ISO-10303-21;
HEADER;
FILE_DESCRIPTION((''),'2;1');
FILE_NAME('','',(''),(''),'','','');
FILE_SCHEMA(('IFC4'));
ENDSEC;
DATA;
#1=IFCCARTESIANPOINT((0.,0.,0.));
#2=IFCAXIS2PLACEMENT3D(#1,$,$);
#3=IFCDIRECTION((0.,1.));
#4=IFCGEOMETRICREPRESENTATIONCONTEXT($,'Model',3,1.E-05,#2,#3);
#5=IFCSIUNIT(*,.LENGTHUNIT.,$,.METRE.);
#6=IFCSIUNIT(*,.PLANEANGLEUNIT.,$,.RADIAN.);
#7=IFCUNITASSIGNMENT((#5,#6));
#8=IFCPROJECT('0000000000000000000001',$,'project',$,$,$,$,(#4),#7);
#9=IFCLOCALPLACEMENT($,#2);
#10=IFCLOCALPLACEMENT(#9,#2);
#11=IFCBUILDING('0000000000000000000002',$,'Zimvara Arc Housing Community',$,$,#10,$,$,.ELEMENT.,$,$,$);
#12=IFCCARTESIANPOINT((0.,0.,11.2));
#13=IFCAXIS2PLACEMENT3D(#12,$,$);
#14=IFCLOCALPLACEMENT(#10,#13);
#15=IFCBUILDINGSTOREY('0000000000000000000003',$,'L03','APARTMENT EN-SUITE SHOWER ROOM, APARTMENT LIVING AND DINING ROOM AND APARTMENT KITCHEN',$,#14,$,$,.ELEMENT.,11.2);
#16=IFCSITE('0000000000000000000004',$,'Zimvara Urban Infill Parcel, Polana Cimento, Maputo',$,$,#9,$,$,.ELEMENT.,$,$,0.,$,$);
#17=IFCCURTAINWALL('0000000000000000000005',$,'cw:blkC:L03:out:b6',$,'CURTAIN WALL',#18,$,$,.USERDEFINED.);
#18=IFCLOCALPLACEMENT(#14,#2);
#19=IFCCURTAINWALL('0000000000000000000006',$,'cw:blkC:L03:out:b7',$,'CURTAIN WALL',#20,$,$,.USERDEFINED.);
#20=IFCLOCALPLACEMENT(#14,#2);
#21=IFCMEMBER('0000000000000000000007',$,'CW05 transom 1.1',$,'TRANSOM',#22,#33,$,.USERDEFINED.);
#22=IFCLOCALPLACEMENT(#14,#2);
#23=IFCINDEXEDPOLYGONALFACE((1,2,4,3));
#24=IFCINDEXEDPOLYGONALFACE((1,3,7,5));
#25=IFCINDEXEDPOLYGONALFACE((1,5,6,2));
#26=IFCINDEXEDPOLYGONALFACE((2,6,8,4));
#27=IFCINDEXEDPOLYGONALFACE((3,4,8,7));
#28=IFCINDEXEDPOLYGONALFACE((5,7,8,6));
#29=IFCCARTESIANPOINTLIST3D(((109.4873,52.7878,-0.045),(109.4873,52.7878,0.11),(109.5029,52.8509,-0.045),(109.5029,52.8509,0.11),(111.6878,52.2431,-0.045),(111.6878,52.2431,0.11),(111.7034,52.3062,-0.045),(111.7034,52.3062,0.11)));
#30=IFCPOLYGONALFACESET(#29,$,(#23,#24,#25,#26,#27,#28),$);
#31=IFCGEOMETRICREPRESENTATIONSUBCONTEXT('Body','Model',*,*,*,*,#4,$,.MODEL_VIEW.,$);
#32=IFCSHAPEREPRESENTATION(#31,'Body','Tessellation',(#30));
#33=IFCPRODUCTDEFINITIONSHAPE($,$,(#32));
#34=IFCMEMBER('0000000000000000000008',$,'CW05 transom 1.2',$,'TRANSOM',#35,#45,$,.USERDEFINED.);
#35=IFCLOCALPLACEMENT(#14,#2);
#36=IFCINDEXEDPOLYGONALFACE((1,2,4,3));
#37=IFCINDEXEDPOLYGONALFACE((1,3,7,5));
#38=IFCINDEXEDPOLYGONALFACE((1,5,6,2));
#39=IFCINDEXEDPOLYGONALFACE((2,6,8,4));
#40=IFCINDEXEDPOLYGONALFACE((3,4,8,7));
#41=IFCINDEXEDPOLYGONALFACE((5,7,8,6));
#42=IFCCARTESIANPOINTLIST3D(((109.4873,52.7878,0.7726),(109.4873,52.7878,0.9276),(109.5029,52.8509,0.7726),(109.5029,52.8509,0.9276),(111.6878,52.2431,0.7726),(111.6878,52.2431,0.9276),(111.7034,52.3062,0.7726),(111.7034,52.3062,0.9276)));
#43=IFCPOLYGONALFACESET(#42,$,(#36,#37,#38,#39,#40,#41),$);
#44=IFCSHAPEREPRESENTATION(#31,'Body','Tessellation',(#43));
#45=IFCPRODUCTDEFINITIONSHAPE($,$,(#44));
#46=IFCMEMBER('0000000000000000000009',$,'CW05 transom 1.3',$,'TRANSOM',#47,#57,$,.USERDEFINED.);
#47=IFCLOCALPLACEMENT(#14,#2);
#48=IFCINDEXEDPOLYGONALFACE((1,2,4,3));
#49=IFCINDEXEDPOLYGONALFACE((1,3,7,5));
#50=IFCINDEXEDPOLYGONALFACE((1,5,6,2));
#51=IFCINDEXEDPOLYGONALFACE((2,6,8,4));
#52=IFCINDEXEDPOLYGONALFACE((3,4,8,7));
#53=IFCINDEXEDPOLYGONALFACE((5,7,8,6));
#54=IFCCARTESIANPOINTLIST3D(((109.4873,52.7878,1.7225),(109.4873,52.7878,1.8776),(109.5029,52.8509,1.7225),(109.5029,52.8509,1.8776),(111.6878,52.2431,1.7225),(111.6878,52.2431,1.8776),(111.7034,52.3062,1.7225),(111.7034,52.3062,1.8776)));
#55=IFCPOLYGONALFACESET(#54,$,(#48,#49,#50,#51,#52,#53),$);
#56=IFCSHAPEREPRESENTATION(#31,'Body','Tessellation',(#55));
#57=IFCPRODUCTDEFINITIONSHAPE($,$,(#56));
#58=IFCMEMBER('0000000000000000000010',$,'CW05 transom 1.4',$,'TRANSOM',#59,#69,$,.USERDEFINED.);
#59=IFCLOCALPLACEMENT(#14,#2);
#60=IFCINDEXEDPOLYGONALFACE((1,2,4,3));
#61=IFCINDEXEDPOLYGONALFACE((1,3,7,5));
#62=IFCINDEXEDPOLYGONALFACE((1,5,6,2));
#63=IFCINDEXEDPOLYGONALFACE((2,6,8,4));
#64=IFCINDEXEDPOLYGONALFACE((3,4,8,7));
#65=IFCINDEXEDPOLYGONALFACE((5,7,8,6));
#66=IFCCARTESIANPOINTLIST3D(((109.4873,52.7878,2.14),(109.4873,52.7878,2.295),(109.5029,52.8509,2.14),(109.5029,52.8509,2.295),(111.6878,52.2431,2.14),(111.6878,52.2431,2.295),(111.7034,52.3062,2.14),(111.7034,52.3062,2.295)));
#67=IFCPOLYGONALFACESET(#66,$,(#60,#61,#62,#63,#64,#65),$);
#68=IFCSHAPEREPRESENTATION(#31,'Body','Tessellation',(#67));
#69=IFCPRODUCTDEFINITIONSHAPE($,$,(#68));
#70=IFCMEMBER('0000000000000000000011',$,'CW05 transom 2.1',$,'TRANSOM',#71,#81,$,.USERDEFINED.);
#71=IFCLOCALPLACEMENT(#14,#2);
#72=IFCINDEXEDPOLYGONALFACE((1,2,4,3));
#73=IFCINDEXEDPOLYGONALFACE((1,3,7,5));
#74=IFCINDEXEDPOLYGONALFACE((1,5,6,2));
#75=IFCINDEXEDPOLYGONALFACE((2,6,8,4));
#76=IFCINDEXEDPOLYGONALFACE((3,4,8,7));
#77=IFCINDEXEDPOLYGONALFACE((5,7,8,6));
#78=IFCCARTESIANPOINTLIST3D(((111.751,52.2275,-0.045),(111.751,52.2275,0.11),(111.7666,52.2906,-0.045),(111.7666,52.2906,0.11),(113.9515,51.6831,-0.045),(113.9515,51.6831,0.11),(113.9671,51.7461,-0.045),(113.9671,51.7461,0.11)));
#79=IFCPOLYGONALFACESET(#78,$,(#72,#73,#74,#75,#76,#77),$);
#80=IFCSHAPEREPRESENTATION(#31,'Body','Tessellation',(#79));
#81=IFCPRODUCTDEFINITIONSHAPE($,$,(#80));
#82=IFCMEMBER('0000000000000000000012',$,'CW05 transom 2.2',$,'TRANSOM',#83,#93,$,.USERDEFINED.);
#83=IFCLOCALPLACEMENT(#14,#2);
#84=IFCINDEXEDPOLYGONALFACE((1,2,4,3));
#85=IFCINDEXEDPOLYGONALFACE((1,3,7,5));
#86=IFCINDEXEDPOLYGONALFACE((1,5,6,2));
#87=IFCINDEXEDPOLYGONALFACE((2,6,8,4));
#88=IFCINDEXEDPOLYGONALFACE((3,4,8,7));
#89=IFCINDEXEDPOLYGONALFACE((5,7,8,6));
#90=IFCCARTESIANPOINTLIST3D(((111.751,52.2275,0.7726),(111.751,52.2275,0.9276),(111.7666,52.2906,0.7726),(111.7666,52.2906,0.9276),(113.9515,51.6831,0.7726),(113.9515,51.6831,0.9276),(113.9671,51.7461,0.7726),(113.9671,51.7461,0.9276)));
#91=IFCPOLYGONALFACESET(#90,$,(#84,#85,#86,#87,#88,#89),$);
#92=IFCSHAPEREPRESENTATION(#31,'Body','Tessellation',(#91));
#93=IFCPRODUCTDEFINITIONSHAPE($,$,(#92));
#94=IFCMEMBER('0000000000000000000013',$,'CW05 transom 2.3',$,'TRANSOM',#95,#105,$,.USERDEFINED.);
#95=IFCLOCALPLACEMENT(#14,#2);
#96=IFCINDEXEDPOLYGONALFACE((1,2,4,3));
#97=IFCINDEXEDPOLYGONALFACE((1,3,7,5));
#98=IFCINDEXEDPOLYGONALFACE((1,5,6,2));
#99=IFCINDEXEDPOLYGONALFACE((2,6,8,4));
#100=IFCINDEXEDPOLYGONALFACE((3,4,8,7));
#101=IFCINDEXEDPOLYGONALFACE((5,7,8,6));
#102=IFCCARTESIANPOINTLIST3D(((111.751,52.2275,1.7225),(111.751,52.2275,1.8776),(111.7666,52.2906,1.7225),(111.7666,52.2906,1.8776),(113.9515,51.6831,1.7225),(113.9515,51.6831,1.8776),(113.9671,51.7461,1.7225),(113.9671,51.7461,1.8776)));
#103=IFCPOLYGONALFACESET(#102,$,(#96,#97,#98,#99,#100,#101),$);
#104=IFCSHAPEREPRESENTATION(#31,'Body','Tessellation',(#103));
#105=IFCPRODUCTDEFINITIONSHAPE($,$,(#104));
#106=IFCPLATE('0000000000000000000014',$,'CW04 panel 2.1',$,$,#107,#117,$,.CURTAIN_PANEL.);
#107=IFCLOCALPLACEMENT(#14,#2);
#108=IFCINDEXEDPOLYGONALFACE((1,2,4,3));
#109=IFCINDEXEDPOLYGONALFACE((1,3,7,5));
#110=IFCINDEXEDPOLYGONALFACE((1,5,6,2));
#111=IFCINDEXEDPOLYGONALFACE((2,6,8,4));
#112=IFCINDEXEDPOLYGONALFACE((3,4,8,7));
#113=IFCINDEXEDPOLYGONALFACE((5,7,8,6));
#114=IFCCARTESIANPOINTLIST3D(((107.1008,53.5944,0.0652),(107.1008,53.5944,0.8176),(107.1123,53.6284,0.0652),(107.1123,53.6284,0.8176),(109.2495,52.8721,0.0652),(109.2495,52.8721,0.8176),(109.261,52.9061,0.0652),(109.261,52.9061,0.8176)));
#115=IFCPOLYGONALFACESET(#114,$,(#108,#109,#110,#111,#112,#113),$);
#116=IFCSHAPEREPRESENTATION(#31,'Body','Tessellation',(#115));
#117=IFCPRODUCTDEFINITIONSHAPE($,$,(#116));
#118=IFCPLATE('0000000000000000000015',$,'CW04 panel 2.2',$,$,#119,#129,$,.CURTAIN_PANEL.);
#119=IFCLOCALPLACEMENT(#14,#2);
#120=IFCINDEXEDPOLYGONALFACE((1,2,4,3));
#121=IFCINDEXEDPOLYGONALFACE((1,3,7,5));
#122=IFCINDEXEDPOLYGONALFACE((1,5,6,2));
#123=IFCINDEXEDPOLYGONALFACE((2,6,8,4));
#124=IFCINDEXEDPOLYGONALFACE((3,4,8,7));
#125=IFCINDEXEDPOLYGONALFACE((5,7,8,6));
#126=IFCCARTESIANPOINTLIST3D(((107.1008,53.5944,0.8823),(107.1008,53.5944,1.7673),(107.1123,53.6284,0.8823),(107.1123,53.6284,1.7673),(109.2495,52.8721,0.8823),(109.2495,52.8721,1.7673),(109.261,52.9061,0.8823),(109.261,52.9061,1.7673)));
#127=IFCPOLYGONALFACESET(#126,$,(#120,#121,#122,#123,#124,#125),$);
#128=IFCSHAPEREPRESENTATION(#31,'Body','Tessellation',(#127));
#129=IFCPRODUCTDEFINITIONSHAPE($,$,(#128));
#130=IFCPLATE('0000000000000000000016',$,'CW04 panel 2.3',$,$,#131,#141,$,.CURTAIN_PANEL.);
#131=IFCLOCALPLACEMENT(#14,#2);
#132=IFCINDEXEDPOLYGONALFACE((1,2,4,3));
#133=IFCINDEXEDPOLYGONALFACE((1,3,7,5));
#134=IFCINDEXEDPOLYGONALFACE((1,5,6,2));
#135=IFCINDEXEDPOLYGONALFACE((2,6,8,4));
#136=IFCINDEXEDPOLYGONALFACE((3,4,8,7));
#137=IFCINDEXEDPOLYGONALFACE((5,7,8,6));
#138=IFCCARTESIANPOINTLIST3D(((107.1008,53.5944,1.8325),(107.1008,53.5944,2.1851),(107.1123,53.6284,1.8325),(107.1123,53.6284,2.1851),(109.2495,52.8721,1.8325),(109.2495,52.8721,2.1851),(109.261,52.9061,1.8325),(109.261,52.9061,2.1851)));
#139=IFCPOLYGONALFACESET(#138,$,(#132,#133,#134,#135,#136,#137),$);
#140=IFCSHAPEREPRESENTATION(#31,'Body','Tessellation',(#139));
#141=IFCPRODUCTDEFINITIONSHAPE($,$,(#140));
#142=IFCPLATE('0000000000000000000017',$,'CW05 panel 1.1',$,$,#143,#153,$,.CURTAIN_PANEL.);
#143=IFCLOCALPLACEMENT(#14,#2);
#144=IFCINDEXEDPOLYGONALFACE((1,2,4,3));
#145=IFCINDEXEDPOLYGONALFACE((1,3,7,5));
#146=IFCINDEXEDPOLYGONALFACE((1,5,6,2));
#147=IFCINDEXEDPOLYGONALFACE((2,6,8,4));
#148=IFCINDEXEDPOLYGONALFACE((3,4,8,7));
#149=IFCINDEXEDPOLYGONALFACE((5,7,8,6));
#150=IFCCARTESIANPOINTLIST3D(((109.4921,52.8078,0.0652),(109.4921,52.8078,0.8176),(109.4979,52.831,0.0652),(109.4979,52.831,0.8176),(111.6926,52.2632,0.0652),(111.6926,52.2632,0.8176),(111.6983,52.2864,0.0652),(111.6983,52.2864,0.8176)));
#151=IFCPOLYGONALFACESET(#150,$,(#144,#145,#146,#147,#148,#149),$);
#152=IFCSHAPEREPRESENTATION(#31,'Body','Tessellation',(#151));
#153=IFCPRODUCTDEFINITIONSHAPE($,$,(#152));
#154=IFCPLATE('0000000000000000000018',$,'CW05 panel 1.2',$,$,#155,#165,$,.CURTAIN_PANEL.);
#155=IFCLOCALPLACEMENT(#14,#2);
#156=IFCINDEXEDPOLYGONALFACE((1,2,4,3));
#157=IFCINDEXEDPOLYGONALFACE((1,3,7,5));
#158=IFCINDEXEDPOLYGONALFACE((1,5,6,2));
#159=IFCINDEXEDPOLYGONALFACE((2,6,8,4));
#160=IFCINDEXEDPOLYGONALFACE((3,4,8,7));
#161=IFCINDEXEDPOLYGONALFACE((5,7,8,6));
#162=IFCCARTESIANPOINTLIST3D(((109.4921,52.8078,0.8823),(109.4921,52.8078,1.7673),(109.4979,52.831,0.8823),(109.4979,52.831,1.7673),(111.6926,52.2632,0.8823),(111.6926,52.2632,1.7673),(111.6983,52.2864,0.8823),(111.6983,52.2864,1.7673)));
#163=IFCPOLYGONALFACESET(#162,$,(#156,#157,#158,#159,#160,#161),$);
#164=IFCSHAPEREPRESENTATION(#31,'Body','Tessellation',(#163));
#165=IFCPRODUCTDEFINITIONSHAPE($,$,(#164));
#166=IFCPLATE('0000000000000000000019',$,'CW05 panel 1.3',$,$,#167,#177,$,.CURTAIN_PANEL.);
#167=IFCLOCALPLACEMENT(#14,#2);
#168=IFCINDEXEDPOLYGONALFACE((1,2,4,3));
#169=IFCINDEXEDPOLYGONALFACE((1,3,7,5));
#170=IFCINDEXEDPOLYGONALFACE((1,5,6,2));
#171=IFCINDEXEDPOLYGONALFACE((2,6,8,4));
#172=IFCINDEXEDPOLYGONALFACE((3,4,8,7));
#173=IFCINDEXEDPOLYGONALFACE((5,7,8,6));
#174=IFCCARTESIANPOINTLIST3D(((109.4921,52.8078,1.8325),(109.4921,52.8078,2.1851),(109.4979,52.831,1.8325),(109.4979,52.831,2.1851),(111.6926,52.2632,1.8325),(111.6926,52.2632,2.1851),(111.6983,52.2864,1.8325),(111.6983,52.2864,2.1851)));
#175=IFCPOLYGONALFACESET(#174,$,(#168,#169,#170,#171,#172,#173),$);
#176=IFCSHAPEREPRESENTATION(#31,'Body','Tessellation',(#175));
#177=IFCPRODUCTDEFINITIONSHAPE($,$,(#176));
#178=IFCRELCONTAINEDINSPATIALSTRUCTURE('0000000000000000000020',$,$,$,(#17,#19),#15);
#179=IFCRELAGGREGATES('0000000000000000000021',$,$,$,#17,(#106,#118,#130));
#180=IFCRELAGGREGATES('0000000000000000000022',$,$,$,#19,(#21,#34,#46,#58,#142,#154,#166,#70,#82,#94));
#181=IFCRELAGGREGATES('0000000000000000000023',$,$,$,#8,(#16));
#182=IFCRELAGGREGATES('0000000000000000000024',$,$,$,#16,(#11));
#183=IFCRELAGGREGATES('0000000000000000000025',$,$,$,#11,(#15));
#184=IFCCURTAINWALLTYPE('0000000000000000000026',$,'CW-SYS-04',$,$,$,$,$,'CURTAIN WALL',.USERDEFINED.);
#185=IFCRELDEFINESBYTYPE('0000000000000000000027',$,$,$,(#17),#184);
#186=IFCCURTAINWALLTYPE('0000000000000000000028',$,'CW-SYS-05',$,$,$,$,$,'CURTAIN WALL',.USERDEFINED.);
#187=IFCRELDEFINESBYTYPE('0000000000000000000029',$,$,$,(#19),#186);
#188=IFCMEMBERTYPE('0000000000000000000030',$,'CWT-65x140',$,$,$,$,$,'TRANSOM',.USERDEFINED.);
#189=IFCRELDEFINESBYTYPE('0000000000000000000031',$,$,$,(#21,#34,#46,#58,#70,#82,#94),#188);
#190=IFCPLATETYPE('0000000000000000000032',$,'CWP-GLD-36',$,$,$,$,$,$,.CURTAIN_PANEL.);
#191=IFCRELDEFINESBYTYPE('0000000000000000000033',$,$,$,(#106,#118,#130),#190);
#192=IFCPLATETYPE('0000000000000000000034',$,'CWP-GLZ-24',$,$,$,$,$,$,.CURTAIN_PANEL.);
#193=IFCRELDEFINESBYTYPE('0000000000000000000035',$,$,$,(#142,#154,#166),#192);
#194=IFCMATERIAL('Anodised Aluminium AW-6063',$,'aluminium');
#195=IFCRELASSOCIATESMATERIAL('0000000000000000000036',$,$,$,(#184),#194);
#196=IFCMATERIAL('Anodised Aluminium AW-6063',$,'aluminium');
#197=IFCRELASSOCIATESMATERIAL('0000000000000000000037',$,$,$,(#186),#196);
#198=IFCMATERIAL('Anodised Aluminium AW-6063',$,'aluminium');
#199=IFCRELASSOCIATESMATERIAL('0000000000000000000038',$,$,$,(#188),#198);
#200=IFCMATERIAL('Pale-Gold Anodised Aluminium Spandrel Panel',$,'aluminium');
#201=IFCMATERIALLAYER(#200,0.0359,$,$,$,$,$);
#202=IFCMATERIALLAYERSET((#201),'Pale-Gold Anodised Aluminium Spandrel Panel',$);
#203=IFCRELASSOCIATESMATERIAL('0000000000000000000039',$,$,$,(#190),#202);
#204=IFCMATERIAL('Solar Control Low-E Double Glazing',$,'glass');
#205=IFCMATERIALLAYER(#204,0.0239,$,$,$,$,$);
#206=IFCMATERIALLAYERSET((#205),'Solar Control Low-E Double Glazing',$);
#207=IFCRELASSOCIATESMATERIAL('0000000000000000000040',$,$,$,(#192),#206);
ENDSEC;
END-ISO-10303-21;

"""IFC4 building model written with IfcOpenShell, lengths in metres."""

from ifc_helpers import new_model, si_unit, direction, frame, origin, origin_2d, place, context, subcontext, project, spatial, rectangle, extrude, material, layer, layer_set, material_profile, profile_set, type_object, element, aggregate, save


model = new_model("IFC4")

# Units and contexts
model_context = context("Model", 3, precision=1e-05, world=origin(), true_north=direction((0.0, 1.0)))
body_context = subcontext(model_context, "Body", "Model", "MODEL_VIEW")
ifc_project = project(units=[si_unit("LENGTHUNIT", "METRE"), si_unit("PLANEANGLEUNIT", "RADIAN")], contexts=[model_context])

# Site, building, storey
site_placement = place(None, origin())
site = spatial("IfcSite", under=ifc_project, at=site_placement, Name="Zimvara Urban Infill Parcel, Polana Cimento, Maputo", CompositionType="ELEMENT", RefElevation=0.0)
building_placement = place(site_placement, origin())
building = spatial("IfcBuilding", under=site, at=building_placement, Name="Zimvara Arc Housing Community", CompositionType="ELEMENT")
storey_placement = place(building_placement, frame((0.0, 0.0, 11.2)))
storey = spatial("IfcBuildingStorey", under=building, at=storey_placement, Name="L03", Description="APARTMENT EN-SUITE SHOWER ROOM, APARTMENT LIVING AND DINING ROOM AND APARTMENT KITCHEN", CompositionType="ELEMENT", Elevation=11.2)

# Curtain wall
ifc_material_1 = material(Name="Anodised Aluminium AW-6063", Category="aluminium")
curtain_wall_type_1 = type_object("IfcCurtainWallType", Name="CW-SYS-04", ElementType="CURTAIN WALL", PredefinedType="USERDEFINED", material=ifc_material_1)
curtain_wall_1_placement = place(storey_placement, origin())
curtain_wall_1 = element("IfcCurtainWall", 1, at=curtain_wall_1_placement, inside=storey, type_object=curtain_wall_type_1, Name="cw:blkC:L03:out:b6", ObjectType="CURTAIN WALL", PredefinedType="USERDEFINED")

# Curtain wall
ifc_material_2 = material(Name="Anodised Aluminium AW-6063", Category="aluminium")
curtain_wall_type_2 = type_object("IfcCurtainWallType", Name="CW-SYS-05", ElementType="CURTAIN WALL", PredefinedType="USERDEFINED", material=ifc_material_2)
curtain_wall_2_placement = place(storey_placement, origin())
curtain_wall_2 = element("IfcCurtainWall", 2, at=curtain_wall_2_placement, inside=storey, type_object=curtain_wall_type_2, Name="cw:blkC:L03:out:b7", ObjectType="CURTAIN WALL", PredefinedType="USERDEFINED")

# Members
ifc_material_3 = material(Name="Anodised Aluminium AW-6063", Category="aluminium")
ifc_material_profile_1 = material_profile(ifc_material_3, rectangle(XDim=0.0649, YDim=0.155, at=origin_2d()), Name="ALU 65x155")
ifc_profile_set_1 = profile_set([ifc_material_profile_1], Name="Anodised Aluminium AW-6063")
member_type_1 = type_object("IfcMemberType", Name="CWT-65x140", ElementType="TRANSOM", PredefinedType="USERDEFINED", material=ifc_profile_set_1)
member_1_placement = place(storey_placement, frame((109.4951, 52.8193, 0.0325), z_axis=(0.970704, -0.24028, 0.0), x_axis=(0.24028, 0.970704, 0.0)))
member_1 = element("IfcMember", 3, at=member_1_placement, type_object=member_type_1, Name="CW05 transom 1.1", ObjectType="TRANSOM", PredefinedType="USERDEFINED", context=body_context, shape_type="SweptSolid", body=[
    extrude(rectangle(XDim=0.0649, YDim=0.155, at=origin_2d()), origin(), (0.0, 0.0, 1.0), 2.2668),
])
member_2_placement = place(storey_placement, frame((109.4951, 52.8193, 0.8501), z_axis=(0.970704, -0.24028, 0.0), x_axis=(0.24028, 0.970704, 0.0)))
member_2 = element("IfcMember", 4, at=member_2_placement, type_object=member_type_1, Name="CW05 transom 1.2", ObjectType="TRANSOM", PredefinedType="USERDEFINED", context=body_context, shape_type="SweptSolid", body=[
    extrude(rectangle(XDim=0.0649, YDim=0.155, at=origin_2d()), origin(), (0.0, 0.0, 1.0), 2.2668),
])
member_3_placement = place(storey_placement, frame((109.4951, 52.8193, 1.8), z_axis=(0.970704, -0.24028, 0.0), x_axis=(0.24028, 0.970704, 0.0)))
member_3 = element("IfcMember", 5, at=member_3_placement, type_object=member_type_1, Name="CW05 transom 1.3", ObjectType="TRANSOM", PredefinedType="USERDEFINED", context=body_context, shape_type="SweptSolid", body=[
    extrude(rectangle(XDim=0.0649, YDim=0.155, at=origin_2d()), origin(), (0.0, 0.0, 1.0), 2.2668),
])
member_4_placement = place(storey_placement, frame((109.4951, 52.8193, 2.2175), z_axis=(0.970704, -0.24028, 0.0), x_axis=(0.24028, 0.970704, 0.0)))
member_4 = element("IfcMember", 6, at=member_4_placement, type_object=member_type_1, Name="CW05 transom 1.4", ObjectType="TRANSOM", PredefinedType="USERDEFINED", context=body_context, shape_type="SweptSolid", body=[
    extrude(rectangle(XDim=0.0649, YDim=0.155, at=origin_2d()), origin(), (0.0, 0.0, 1.0), 2.2668),
])
member_5_placement = place(storey_placement, frame((111.7588, 52.259, 0.0325), z_axis=(0.970729, -0.240178, 0.0), x_axis=(0.240178, 0.970729, 0.0)))
member_5 = element("IfcMember", 7, at=member_5_placement, type_object=member_type_1, Name="CW05 transom 2.1", ObjectType="TRANSOM", PredefinedType="USERDEFINED", context=body_context, shape_type="SweptSolid", body=[
    extrude(rectangle(XDim=0.0649, YDim=0.155, at=origin_2d()), origin(), (0.0, 0.0, 1.0), 2.2668),
])
member_6_placement = place(storey_placement, frame((111.7588, 52.259, 0.8501), z_axis=(0.970729, -0.240178, 0.0), x_axis=(0.240178, 0.970729, 0.0)))
member_6 = element("IfcMember", 8, at=member_6_placement, type_object=member_type_1, Name="CW05 transom 2.2", ObjectType="TRANSOM", PredefinedType="USERDEFINED", context=body_context, shape_type="SweptSolid", body=[
    extrude(rectangle(XDim=0.0649, YDim=0.155, at=origin_2d()), origin(), (0.0, 0.0, 1.0), 2.2668),
])
member_7_placement = place(storey_placement, frame((111.7588, 52.259, 1.8), z_axis=(0.970729, -0.240178, 0.0), x_axis=(0.240178, 0.970729, 0.0)))
member_7 = element("IfcMember", 9, at=member_7_placement, type_object=member_type_1, Name="CW05 transom 2.3", ObjectType="TRANSOM", PredefinedType="USERDEFINED", context=body_context, shape_type="SweptSolid", body=[
    extrude(rectangle(XDim=0.0649, YDim=0.155, at=origin_2d()), origin(), (0.0, 0.0, 1.0), 2.2668),
])

# Plates
ifc_material_4 = material(Name="Pale-Gold Anodised Aluminium Spandrel Panel", Category="aluminium")
ifc_layer_1 = layer(ifc_material_4, 0.0359)
ifc_layer_set_1 = layer_set([ifc_layer_1], Name="Pale-Gold Anodised Aluminium Spandrel Panel")
plate_type_1 = type_object("IfcPlateType", Name="CWP-GLD-36", PredefinedType="CURTAIN_PANEL", material=ifc_layer_set_1)
plate_1_placement = place(storey_placement, frame((108.1809, 53.2502, 0.0652), z_axis=(0.0, 0.0, 1.0), x_axis=(0.94788, -0.318629, 0.0)))
plate_1 = element("IfcPlate", 10, at=plate_1_placement, type_object=plate_type_1, Name="CW04 panel 2.1", PredefinedType="CURTAIN_PANEL", context=body_context, shape_type="SweptSolid", body=[
    extrude(rectangle(XDim=2.2668, YDim=0.0359, at=origin_2d()), origin(), (0.0, 0.0, 1.0), 0.7524),
])
plate_2_placement = place(storey_placement, frame((108.1809, 53.2502, 0.8823), z_axis=(0.0, 0.0, 1.0), x_axis=(0.94788, -0.318629, 0.0)))
plate_2 = element("IfcPlate", 11, at=plate_2_placement, type_object=plate_type_1, Name="CW04 panel 2.2", PredefinedType="CURTAIN_PANEL", context=body_context, shape_type="SweptSolid", body=[
    extrude(rectangle(XDim=2.2668, YDim=0.0359, at=origin_2d()), origin(), (0.0, 0.0, 1.0), 0.885),
])
plate_3_placement = place(storey_placement, frame((108.1809, 53.2502, 1.8325), z_axis=(0.0, 0.0, 1.0), x_axis=(0.94788, -0.318629, 0.0)))
plate_3 = element("IfcPlate", 12, at=plate_3_placement, type_object=plate_type_1, Name="CW04 panel 2.3", PredefinedType="CURTAIN_PANEL", context=body_context, shape_type="SweptSolid", body=[
    extrude(rectangle(XDim=2.2668, YDim=0.0359, at=origin_2d()), origin(), (0.0, 0.0, 1.0), 0.3525),
])
aggregate(curtain_wall_1, [plate_1, plate_2, plate_3])
ifc_material_5 = material(Name="Solar Control Low-E Double Glazing", Category="glass")
ifc_layer_2 = layer(ifc_material_5, 0.0239)
ifc_layer_set_2 = layer_set([ifc_layer_2], Name="Solar Control Low-E Double Glazing")
plate_type_2 = type_object("IfcPlateType", Name="CWP-GLZ-24", PredefinedType="CURTAIN_PANEL", material=ifc_layer_set_2)
plate_4_placement = place(storey_placement, frame((110.5952, 52.5471, 0.0652), z_axis=(0.0, 0.0, 1.0), x_axis=(0.970716, -0.24023, 0.0)))
plate_4 = element("IfcPlate", 13, at=plate_4_placement, type_object=plate_type_2, Name="CW05 panel 1.1", PredefinedType="CURTAIN_PANEL", context=body_context, shape_type="SweptSolid", body=[
    extrude(rectangle(XDim=2.2668, YDim=0.0239, at=origin_2d()), origin(), (0.0, 0.0, 1.0), 0.7524),
])
plate_5_placement = place(storey_placement, frame((110.5952, 52.5471, 0.8823), z_axis=(0.0, 0.0, 1.0), x_axis=(0.970716, -0.24023, 0.0)))
plate_5 = element("IfcPlate", 14, at=plate_5_placement, type_object=plate_type_2, Name="CW05 panel 1.2", PredefinedType="CURTAIN_PANEL", context=body_context, shape_type="SweptSolid", body=[
    extrude(rectangle(XDim=2.2668, YDim=0.0239, at=origin_2d()), origin(), (0.0, 0.0, 1.0), 0.885),
])
plate_6_placement = place(storey_placement, frame((110.5952, 52.5471, 1.8325), z_axis=(0.0, 0.0, 1.0), x_axis=(0.970716, -0.24023, 0.0)))
plate_6 = element("IfcPlate", 15, at=plate_6_placement, type_object=plate_type_2, Name="CW05 panel 1.3", PredefinedType="CURTAIN_PANEL", context=body_context, shape_type="SweptSolid", body=[
    extrude(rectangle(XDim=2.2668, YDim=0.0239, at=origin_2d()), origin(), (0.0, 0.0, 1.0), 0.3525),
])
aggregate(curtain_wall_2, [member_1, member_2, member_3, member_4, plate_4, plate_5, plate_6, member_5, member_6, member_7])

save(model, "model.ifc")
